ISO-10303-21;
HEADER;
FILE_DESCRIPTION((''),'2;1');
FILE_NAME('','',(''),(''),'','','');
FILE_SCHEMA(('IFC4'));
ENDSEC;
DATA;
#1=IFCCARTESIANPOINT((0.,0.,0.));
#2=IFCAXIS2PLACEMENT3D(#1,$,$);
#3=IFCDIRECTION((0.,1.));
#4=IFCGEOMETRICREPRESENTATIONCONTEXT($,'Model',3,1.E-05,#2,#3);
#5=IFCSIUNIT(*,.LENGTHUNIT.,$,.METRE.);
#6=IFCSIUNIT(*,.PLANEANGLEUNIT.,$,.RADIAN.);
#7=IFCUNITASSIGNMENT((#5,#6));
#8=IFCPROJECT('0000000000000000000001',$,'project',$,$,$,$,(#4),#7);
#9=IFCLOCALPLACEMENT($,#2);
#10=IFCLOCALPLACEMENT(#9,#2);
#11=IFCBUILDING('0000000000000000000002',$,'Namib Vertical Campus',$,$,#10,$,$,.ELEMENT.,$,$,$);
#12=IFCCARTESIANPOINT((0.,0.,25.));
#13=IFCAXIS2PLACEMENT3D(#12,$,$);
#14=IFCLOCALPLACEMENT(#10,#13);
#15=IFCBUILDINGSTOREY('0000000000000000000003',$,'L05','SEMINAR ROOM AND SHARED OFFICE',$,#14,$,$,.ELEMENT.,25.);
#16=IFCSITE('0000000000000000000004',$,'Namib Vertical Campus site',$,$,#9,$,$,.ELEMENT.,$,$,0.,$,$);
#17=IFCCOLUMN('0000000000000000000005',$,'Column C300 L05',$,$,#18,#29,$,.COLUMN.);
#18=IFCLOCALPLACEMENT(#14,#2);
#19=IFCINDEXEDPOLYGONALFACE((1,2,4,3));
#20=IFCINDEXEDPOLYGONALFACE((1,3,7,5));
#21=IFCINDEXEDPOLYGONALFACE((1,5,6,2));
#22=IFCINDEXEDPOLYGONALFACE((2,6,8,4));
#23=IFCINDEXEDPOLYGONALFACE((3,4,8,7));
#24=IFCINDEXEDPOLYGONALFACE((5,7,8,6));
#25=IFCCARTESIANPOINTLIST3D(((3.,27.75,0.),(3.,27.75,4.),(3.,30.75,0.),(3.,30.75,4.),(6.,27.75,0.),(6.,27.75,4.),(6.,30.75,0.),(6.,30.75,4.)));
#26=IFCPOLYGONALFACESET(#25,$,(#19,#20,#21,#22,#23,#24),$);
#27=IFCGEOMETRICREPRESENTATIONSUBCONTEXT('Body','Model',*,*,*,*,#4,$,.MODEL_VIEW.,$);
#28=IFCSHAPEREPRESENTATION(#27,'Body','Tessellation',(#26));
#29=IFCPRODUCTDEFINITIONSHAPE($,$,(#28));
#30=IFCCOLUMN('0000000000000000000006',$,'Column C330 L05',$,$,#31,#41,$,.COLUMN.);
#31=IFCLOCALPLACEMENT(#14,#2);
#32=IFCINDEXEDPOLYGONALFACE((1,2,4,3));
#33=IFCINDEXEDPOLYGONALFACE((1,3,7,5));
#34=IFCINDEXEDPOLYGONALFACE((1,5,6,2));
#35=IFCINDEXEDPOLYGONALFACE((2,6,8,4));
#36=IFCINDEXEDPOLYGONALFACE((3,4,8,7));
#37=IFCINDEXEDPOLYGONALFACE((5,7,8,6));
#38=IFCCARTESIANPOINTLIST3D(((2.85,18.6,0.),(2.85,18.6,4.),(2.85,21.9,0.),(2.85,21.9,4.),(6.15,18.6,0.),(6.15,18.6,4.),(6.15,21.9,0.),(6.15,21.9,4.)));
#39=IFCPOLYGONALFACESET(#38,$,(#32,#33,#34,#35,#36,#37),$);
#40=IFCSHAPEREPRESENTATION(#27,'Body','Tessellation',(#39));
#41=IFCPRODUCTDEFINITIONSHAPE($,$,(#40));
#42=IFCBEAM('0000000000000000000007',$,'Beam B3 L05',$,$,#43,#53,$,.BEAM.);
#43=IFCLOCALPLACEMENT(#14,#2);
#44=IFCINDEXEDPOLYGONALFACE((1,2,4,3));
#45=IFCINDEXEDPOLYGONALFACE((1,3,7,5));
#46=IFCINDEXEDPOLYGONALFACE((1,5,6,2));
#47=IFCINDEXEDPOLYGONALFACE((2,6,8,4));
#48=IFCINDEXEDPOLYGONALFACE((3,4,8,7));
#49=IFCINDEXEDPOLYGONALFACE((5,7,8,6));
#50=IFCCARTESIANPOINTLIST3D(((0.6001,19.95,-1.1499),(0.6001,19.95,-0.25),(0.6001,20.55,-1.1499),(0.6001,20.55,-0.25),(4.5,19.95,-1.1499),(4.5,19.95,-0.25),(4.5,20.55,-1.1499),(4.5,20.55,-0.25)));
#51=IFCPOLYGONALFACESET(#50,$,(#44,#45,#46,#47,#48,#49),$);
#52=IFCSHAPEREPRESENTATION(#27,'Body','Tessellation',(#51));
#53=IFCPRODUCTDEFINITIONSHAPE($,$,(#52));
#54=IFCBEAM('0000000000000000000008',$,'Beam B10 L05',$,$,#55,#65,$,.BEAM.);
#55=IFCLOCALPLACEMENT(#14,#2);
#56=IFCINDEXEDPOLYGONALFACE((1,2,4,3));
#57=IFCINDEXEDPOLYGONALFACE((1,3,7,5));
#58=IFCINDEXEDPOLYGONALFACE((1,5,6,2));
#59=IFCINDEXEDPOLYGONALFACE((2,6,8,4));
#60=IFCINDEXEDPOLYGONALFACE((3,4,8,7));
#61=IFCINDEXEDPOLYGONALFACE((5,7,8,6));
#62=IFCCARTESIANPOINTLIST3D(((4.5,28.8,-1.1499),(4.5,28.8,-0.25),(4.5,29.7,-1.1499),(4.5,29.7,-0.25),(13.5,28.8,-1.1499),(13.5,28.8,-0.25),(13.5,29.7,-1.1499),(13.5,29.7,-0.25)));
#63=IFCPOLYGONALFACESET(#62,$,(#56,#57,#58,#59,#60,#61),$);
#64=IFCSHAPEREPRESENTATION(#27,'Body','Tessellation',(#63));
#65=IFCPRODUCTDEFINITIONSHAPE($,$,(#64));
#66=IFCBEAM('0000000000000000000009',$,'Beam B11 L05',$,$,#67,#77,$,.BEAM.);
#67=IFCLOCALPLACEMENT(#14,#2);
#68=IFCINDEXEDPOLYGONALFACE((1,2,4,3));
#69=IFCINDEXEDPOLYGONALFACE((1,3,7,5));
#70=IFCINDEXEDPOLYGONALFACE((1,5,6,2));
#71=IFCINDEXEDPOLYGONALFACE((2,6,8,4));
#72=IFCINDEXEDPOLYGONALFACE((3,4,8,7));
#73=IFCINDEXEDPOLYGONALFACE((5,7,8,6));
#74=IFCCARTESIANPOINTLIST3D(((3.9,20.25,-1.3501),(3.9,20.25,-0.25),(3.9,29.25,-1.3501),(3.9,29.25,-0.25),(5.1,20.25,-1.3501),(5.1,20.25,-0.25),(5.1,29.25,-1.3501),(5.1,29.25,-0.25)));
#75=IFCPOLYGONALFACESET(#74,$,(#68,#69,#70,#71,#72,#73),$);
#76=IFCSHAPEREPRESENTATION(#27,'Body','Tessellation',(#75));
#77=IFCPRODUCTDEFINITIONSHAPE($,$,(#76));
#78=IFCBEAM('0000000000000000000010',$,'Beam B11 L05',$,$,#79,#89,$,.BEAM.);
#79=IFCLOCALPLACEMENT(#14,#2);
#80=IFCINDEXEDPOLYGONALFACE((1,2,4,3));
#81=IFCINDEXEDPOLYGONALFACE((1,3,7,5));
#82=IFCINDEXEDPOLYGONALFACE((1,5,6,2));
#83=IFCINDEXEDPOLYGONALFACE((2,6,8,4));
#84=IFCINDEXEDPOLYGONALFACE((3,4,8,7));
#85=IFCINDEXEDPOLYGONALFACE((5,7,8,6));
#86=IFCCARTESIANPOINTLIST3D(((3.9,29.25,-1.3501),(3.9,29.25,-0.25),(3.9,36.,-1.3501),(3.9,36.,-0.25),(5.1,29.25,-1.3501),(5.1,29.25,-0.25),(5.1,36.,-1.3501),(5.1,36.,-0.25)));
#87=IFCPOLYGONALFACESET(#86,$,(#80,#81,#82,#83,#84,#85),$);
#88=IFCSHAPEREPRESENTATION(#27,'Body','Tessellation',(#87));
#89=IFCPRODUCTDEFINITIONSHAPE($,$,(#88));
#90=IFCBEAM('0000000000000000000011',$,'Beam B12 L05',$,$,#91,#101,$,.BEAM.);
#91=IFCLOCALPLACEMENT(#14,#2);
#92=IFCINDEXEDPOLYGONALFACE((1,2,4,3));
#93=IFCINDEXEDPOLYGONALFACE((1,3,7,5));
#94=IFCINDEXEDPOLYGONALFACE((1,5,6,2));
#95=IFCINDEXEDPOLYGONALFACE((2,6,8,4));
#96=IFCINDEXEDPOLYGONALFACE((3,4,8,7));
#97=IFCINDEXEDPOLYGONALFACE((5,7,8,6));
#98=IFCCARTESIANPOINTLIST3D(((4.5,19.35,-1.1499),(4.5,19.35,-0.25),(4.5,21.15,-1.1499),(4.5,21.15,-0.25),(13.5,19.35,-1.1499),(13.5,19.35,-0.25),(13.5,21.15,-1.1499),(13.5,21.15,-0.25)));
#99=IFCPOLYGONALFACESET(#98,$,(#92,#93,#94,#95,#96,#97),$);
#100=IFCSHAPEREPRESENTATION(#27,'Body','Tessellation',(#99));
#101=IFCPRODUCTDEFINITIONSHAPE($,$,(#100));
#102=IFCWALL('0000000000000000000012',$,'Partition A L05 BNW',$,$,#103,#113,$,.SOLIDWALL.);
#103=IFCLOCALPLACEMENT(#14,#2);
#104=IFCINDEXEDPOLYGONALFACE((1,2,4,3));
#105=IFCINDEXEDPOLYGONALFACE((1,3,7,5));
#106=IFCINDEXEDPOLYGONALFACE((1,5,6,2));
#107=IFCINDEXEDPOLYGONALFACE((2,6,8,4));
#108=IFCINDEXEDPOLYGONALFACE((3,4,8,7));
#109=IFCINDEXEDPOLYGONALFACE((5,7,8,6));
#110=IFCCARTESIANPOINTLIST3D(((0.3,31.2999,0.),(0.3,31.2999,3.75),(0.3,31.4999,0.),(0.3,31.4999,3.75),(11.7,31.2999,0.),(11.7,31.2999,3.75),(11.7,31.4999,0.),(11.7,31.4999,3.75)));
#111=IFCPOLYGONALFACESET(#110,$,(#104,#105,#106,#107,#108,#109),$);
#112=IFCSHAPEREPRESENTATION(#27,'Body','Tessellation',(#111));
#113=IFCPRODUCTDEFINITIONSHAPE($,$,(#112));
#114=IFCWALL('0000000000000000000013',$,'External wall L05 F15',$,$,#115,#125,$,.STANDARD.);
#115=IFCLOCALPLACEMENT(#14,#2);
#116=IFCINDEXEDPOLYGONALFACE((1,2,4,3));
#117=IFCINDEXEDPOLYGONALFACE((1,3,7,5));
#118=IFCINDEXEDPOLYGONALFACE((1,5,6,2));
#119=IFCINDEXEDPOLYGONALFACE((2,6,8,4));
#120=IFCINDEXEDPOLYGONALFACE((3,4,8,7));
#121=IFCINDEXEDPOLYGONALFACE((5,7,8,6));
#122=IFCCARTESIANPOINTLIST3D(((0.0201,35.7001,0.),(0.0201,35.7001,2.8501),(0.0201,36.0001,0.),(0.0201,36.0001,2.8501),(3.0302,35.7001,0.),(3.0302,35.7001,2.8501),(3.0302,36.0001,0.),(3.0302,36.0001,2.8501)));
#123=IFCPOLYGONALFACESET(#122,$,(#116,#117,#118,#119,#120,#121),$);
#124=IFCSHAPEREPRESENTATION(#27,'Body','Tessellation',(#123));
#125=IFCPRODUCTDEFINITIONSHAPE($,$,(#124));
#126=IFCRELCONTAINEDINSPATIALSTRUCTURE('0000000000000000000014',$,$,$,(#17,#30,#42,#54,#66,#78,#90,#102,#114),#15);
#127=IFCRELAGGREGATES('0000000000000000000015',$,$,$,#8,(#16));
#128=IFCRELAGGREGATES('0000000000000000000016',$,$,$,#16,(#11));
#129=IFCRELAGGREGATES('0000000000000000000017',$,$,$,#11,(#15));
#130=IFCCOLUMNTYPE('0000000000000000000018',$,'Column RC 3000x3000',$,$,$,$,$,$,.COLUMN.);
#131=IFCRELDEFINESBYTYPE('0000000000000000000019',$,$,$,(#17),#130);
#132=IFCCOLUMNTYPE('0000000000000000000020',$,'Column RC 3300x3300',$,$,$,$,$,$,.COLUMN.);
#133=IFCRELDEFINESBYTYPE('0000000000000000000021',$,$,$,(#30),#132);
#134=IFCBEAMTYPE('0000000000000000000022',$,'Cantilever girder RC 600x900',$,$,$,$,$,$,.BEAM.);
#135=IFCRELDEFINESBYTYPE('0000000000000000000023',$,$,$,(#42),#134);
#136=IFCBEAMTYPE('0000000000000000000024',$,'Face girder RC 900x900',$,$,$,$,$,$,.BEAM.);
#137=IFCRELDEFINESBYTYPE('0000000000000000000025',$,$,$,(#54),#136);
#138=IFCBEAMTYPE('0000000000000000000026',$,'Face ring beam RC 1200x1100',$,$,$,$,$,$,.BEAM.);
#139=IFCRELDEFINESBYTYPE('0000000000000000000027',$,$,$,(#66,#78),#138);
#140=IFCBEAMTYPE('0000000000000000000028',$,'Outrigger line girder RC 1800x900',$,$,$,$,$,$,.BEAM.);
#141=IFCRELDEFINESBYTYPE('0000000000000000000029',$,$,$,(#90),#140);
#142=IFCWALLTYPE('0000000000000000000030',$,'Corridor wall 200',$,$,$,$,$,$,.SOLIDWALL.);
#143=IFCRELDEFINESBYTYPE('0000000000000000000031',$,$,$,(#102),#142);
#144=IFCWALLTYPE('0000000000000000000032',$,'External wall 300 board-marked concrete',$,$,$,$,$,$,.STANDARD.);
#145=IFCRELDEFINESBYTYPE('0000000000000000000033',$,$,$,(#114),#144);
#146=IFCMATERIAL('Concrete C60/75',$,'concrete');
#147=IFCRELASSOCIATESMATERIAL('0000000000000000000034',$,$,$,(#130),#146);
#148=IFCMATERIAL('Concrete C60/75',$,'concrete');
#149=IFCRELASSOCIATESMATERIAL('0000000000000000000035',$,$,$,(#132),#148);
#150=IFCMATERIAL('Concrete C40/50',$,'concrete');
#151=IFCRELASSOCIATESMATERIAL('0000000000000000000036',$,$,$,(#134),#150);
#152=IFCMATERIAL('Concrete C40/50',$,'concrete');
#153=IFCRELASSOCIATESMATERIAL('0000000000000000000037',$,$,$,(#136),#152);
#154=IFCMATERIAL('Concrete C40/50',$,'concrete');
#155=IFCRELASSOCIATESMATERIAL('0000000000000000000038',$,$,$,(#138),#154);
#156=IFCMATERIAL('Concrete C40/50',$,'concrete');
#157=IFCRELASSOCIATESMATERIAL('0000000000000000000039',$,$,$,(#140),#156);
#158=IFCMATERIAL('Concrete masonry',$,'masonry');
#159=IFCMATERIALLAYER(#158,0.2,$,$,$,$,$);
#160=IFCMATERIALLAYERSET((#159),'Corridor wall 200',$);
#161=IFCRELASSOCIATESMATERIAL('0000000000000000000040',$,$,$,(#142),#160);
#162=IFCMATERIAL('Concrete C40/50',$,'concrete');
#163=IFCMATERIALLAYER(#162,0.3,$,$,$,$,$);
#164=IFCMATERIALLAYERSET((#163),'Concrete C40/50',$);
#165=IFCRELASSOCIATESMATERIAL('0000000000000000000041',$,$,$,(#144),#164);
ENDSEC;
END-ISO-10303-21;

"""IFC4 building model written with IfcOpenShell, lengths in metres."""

from ifc_helpers import new_model, si_unit, direction, frame, frame_2d, origin, origin_2d, place, context, subcontext, project, spatial, rectangle, extrude, material, layer, layer_set, material_profile, profile_set, type_object, element, save


model = new_model("IFC4")

# Units and contexts
model_context = context("Model", 3, precision=1e-05, world=origin(), true_north=direction((0.0, 1.0)))
body_context = subcontext(model_context, "Body", "Model", "MODEL_VIEW")
ifc_project = project(units=[si_unit("LENGTHUNIT", "METRE"), si_unit("PLANEANGLEUNIT", "RADIAN")], contexts=[model_context])

# Site, building, storey
site_placement = place(None, origin())
site = spatial("IfcSite", under=ifc_project, at=site_placement, Name="Namib Vertical Campus site", CompositionType="ELEMENT", RefElevation=0.0)
building_placement = place(site_placement, origin())
building = spatial("IfcBuilding", under=site, at=building_placement, Name="Namib Vertical Campus", CompositionType="ELEMENT")
storey_placement = place(building_placement, frame((0.0, 0.0, 25.0)))
storey = spatial("IfcBuildingStorey", under=building, at=storey_placement, Name="L05", Description="SEMINAR ROOM AND SHARED OFFICE", CompositionType="ELEMENT", Elevation=25.0)

# Columns
ifc_material_1 = material(Name="Concrete C60/75", Category="concrete")
ifc_material_profile_1 = material_profile(ifc_material_1, rectangle(XDim=3.0, YDim=3.0, at=origin_2d()))
ifc_profile_set_1 = profile_set([ifc_material_profile_1], Name="Concrete C60/75")
column_type_1 = type_object("IfcColumnType", Name="Column RC 3000x3000", PredefinedType="COLUMN", material=ifc_profile_set_1)
column_1_placement = place(storey_placement, frame((4.5, 29.25, 0.0), z_axis=(0.0, 0.0, 1.0), x_axis=(1.0, 0.0, 0.0)))
element("IfcColumn", 1, at=column_1_placement, inside=storey, type_object=column_type_1, Name="Column C300 L05", PredefinedType="COLUMN", context=body_context, shape_type="SweptSolid", body=[
    extrude(rectangle(XDim=3.0, YDim=3.0, at=origin_2d()), origin(), (0.0, 0.0, 1.0), 4.0),
])
ifc_material_2 = material(Name="Concrete C60/75", Category="concrete")
ifc_material_profile_2 = material_profile(ifc_material_2, rectangle(XDim=3.3, YDim=3.3, at=origin_2d()))
ifc_profile_set_2 = profile_set([ifc_material_profile_2], Name="Concrete C60/75")
column_type_2 = type_object("IfcColumnType", Name="Column RC 3300x3300", PredefinedType="COLUMN", material=ifc_profile_set_2)
column_2_placement = place(storey_placement, frame((4.5, 20.25, 0.0), z_axis=(0.0, 0.0, 1.0), x_axis=(1.0, 0.0, 0.0)))
element("IfcColumn", 2, at=column_2_placement, inside=storey, type_object=column_type_2, Name="Column C330 L05", PredefinedType="COLUMN", context=body_context, shape_type="SweptSolid", body=[
    extrude(rectangle(XDim=3.3, YDim=3.3, at=origin_2d()), origin(), (0.0, 0.0, 1.0), 4.0),
])

# Beams
ifc_material_3 = material(Name="Concrete C40/50", Category="concrete")
ifc_material_profile_3 = material_profile(ifc_material_3, rectangle(XDim=0.6001, YDim=0.8999, at=origin_2d()))
ifc_profile_set_3 = profile_set([ifc_material_profile_3], Name="Concrete C40/50")
beam_type_1 = type_object("IfcBeamType", Name="Cantilever girder RC 600x900", PredefinedType="BEAM", material=ifc_profile_set_3)
beam_1_placement = place(storey_placement, frame((4.5, 20.25, -0.7), z_axis=(-1.0, 0.0, 0.0), x_axis=(0.0, -1.0, 0.0)))
element("IfcBeam", 3, at=beam_1_placement, inside=storey, type_object=beam_type_1, Name="Beam B3 L05", PredefinedType="BEAM", context=body_context, shape_type="SweptSolid", body=[
    extrude(rectangle(XDim=0.6001, YDim=0.8999, at=origin_2d()), origin(), (0.0, 0.0, 1.0), 3.8999),
])
ifc_material_4 = material(Name="Concrete C40/50", Category="concrete")
ifc_material_profile_4 = material_profile(ifc_material_4, rectangle(XDim=0.8999, YDim=0.8999, at=origin_2d()))
ifc_profile_set_4 = profile_set([ifc_material_profile_4], Name="Concrete C40/50")
beam_type_2 = type_object("IfcBeamType", Name="Face girder RC 900x900", PredefinedType="BEAM", material=ifc_profile_set_4)
beam_2_placement = place(storey_placement, frame((4.5, 29.25, -0.7), z_axis=(1.0, 0.0, 0.0), x_axis=(0.0, 1.0, 0.0)))
element("IfcBeam", 4, at=beam_2_placement, inside=storey, type_object=beam_type_2, Name="Beam B10 L05", PredefinedType="BEAM", context=body_context, shape_type="SweptSolid", body=[
    extrude(rectangle(XDim=0.8999, YDim=0.8999, at=origin_2d()), origin(), (0.0, 0.0, 1.0), 9.0),
])
ifc_material_5 = material(Name="Concrete C40/50", Category="concrete")
ifc_material_profile_5 = material_profile(ifc_material_5, rectangle(XDim=1.2, YDim=1.1001, at=origin_2d()))
ifc_profile_set_5 = profile_set([ifc_material_profile_5], Name="Concrete C40/50")
beam_type_3 = type_object("IfcBeamType", Name="Face ring beam RC 1200x1100", PredefinedType="BEAM", material=ifc_profile_set_5)
beam_3_placement = place(storey_placement, frame((4.5, 20.25, -0.8), z_axis=(0.0, 1.0, 0.0), x_axis=(-1.0, 0.0, 0.0)))
element("IfcBeam", 5, at=beam_3_placement, inside=storey, type_object=beam_type_3, Name="Beam B11 L05", PredefinedType="BEAM", context=body_context, shape_type="SweptSolid", body=[
    extrude(rectangle(XDim=1.2, YDim=1.1001, at=origin_2d()), origin(), (0.0, 0.0, 1.0), 9.0),
])
beam_4_placement = place(storey_placement, frame((4.5, 29.25, -0.8), z_axis=(0.0, 1.0, 0.0), x_axis=(-1.0, 0.0, 0.0)))
element("IfcBeam", 6, at=beam_4_placement, inside=storey, type_object=beam_type_3, Name="Beam B11 L05", PredefinedType="BEAM", context=body_context, shape_type="SweptSolid", body=[
    extrude(rectangle(XDim=1.2, YDim=1.1001, at=origin_2d()), origin(), (0.0, 0.0, 1.0), 6.75),
])
ifc_material_6 = material(Name="Concrete C40/50", Category="concrete")
ifc_material_profile_6 = material_profile(ifc_material_6, rectangle(XDim=1.8, YDim=0.8999, at=origin_2d()))
ifc_profile_set_6 = profile_set([ifc_material_profile_6], Name="Concrete C40/50")
beam_type_4 = type_object("IfcBeamType", Name="Outrigger line girder RC 1800x900", PredefinedType="BEAM", material=ifc_profile_set_6)
beam_5_placement = place(storey_placement, frame((4.5, 20.25, -0.7), z_axis=(1.0, 0.0, 0.0), x_axis=(0.0, 1.0, 0.0)))
element("IfcBeam", 7, at=beam_5_placement, inside=storey, type_object=beam_type_4, Name="Beam B12 L05", PredefinedType="BEAM", context=body_context, shape_type="SweptSolid", body=[
    extrude(rectangle(XDim=1.8, YDim=0.8999, at=origin_2d()), origin(), (0.0, 0.0, 1.0), 9.0),
])

# Walls
ifc_material_7 = material(Name="Concrete masonry", Category="masonry")
ifc_layer_1 = layer(ifc_material_7, 0.2)
ifc_layer_set_1 = layer_set([ifc_layer_1], Name="Corridor wall 200")
wall_type_1 = type_object("IfcWallType", Name="Corridor wall 200", PredefinedType="SOLIDWALL", material=ifc_layer_set_1)
wall_1_placement = place(storey_placement, frame((0.3, 31.3999, 0.0), z_axis=(0.0, 0.0, 1.0), x_axis=(1.0, 0.0, 0.0)))
element("IfcWall", 8, at=wall_1_placement, inside=storey, type_object=wall_type_1, Name="Partition A L05 BNW", PredefinedType="SOLIDWALL", context=body_context, shape_type="SweptSolid", body=[
    extrude(rectangle(XDim=11.3999, YDim=0.2, at=frame_2d((5.7, 0.0))), origin(), (0.0, 0.0, 1.0), 3.75),
])
ifc_material_8 = material(Name="Concrete C40/50", Category="concrete")
ifc_layer_2 = layer(ifc_material_8, 0.3)
ifc_layer_set_2 = layer_set([ifc_layer_2], Name="Concrete C40/50")
wall_type_2 = type_object("IfcWallType", Name="External wall 300 board-marked concrete", PredefinedType="STANDARD", material=ifc_layer_set_2)
wall_2_placement = place(storey_placement, frame((3.03, 35.8501, 0.0), z_axis=(0.0, 0.0, 1.0), x_axis=(-1.0, 0.0, 0.0)))
element("IfcWall", 9, at=wall_2_placement, inside=storey, type_object=wall_type_2, Name="External wall L05 F15", PredefinedType="STANDARD", context=body_context, shape_type="SweptSolid", body=[
    extrude(rectangle(XDim=3.01, YDim=0.3, at=frame_2d((1.5049, 0.0))), origin(), (0.0, 0.0, 1.0), 2.8501),
])

save(model, "model.ifc")
